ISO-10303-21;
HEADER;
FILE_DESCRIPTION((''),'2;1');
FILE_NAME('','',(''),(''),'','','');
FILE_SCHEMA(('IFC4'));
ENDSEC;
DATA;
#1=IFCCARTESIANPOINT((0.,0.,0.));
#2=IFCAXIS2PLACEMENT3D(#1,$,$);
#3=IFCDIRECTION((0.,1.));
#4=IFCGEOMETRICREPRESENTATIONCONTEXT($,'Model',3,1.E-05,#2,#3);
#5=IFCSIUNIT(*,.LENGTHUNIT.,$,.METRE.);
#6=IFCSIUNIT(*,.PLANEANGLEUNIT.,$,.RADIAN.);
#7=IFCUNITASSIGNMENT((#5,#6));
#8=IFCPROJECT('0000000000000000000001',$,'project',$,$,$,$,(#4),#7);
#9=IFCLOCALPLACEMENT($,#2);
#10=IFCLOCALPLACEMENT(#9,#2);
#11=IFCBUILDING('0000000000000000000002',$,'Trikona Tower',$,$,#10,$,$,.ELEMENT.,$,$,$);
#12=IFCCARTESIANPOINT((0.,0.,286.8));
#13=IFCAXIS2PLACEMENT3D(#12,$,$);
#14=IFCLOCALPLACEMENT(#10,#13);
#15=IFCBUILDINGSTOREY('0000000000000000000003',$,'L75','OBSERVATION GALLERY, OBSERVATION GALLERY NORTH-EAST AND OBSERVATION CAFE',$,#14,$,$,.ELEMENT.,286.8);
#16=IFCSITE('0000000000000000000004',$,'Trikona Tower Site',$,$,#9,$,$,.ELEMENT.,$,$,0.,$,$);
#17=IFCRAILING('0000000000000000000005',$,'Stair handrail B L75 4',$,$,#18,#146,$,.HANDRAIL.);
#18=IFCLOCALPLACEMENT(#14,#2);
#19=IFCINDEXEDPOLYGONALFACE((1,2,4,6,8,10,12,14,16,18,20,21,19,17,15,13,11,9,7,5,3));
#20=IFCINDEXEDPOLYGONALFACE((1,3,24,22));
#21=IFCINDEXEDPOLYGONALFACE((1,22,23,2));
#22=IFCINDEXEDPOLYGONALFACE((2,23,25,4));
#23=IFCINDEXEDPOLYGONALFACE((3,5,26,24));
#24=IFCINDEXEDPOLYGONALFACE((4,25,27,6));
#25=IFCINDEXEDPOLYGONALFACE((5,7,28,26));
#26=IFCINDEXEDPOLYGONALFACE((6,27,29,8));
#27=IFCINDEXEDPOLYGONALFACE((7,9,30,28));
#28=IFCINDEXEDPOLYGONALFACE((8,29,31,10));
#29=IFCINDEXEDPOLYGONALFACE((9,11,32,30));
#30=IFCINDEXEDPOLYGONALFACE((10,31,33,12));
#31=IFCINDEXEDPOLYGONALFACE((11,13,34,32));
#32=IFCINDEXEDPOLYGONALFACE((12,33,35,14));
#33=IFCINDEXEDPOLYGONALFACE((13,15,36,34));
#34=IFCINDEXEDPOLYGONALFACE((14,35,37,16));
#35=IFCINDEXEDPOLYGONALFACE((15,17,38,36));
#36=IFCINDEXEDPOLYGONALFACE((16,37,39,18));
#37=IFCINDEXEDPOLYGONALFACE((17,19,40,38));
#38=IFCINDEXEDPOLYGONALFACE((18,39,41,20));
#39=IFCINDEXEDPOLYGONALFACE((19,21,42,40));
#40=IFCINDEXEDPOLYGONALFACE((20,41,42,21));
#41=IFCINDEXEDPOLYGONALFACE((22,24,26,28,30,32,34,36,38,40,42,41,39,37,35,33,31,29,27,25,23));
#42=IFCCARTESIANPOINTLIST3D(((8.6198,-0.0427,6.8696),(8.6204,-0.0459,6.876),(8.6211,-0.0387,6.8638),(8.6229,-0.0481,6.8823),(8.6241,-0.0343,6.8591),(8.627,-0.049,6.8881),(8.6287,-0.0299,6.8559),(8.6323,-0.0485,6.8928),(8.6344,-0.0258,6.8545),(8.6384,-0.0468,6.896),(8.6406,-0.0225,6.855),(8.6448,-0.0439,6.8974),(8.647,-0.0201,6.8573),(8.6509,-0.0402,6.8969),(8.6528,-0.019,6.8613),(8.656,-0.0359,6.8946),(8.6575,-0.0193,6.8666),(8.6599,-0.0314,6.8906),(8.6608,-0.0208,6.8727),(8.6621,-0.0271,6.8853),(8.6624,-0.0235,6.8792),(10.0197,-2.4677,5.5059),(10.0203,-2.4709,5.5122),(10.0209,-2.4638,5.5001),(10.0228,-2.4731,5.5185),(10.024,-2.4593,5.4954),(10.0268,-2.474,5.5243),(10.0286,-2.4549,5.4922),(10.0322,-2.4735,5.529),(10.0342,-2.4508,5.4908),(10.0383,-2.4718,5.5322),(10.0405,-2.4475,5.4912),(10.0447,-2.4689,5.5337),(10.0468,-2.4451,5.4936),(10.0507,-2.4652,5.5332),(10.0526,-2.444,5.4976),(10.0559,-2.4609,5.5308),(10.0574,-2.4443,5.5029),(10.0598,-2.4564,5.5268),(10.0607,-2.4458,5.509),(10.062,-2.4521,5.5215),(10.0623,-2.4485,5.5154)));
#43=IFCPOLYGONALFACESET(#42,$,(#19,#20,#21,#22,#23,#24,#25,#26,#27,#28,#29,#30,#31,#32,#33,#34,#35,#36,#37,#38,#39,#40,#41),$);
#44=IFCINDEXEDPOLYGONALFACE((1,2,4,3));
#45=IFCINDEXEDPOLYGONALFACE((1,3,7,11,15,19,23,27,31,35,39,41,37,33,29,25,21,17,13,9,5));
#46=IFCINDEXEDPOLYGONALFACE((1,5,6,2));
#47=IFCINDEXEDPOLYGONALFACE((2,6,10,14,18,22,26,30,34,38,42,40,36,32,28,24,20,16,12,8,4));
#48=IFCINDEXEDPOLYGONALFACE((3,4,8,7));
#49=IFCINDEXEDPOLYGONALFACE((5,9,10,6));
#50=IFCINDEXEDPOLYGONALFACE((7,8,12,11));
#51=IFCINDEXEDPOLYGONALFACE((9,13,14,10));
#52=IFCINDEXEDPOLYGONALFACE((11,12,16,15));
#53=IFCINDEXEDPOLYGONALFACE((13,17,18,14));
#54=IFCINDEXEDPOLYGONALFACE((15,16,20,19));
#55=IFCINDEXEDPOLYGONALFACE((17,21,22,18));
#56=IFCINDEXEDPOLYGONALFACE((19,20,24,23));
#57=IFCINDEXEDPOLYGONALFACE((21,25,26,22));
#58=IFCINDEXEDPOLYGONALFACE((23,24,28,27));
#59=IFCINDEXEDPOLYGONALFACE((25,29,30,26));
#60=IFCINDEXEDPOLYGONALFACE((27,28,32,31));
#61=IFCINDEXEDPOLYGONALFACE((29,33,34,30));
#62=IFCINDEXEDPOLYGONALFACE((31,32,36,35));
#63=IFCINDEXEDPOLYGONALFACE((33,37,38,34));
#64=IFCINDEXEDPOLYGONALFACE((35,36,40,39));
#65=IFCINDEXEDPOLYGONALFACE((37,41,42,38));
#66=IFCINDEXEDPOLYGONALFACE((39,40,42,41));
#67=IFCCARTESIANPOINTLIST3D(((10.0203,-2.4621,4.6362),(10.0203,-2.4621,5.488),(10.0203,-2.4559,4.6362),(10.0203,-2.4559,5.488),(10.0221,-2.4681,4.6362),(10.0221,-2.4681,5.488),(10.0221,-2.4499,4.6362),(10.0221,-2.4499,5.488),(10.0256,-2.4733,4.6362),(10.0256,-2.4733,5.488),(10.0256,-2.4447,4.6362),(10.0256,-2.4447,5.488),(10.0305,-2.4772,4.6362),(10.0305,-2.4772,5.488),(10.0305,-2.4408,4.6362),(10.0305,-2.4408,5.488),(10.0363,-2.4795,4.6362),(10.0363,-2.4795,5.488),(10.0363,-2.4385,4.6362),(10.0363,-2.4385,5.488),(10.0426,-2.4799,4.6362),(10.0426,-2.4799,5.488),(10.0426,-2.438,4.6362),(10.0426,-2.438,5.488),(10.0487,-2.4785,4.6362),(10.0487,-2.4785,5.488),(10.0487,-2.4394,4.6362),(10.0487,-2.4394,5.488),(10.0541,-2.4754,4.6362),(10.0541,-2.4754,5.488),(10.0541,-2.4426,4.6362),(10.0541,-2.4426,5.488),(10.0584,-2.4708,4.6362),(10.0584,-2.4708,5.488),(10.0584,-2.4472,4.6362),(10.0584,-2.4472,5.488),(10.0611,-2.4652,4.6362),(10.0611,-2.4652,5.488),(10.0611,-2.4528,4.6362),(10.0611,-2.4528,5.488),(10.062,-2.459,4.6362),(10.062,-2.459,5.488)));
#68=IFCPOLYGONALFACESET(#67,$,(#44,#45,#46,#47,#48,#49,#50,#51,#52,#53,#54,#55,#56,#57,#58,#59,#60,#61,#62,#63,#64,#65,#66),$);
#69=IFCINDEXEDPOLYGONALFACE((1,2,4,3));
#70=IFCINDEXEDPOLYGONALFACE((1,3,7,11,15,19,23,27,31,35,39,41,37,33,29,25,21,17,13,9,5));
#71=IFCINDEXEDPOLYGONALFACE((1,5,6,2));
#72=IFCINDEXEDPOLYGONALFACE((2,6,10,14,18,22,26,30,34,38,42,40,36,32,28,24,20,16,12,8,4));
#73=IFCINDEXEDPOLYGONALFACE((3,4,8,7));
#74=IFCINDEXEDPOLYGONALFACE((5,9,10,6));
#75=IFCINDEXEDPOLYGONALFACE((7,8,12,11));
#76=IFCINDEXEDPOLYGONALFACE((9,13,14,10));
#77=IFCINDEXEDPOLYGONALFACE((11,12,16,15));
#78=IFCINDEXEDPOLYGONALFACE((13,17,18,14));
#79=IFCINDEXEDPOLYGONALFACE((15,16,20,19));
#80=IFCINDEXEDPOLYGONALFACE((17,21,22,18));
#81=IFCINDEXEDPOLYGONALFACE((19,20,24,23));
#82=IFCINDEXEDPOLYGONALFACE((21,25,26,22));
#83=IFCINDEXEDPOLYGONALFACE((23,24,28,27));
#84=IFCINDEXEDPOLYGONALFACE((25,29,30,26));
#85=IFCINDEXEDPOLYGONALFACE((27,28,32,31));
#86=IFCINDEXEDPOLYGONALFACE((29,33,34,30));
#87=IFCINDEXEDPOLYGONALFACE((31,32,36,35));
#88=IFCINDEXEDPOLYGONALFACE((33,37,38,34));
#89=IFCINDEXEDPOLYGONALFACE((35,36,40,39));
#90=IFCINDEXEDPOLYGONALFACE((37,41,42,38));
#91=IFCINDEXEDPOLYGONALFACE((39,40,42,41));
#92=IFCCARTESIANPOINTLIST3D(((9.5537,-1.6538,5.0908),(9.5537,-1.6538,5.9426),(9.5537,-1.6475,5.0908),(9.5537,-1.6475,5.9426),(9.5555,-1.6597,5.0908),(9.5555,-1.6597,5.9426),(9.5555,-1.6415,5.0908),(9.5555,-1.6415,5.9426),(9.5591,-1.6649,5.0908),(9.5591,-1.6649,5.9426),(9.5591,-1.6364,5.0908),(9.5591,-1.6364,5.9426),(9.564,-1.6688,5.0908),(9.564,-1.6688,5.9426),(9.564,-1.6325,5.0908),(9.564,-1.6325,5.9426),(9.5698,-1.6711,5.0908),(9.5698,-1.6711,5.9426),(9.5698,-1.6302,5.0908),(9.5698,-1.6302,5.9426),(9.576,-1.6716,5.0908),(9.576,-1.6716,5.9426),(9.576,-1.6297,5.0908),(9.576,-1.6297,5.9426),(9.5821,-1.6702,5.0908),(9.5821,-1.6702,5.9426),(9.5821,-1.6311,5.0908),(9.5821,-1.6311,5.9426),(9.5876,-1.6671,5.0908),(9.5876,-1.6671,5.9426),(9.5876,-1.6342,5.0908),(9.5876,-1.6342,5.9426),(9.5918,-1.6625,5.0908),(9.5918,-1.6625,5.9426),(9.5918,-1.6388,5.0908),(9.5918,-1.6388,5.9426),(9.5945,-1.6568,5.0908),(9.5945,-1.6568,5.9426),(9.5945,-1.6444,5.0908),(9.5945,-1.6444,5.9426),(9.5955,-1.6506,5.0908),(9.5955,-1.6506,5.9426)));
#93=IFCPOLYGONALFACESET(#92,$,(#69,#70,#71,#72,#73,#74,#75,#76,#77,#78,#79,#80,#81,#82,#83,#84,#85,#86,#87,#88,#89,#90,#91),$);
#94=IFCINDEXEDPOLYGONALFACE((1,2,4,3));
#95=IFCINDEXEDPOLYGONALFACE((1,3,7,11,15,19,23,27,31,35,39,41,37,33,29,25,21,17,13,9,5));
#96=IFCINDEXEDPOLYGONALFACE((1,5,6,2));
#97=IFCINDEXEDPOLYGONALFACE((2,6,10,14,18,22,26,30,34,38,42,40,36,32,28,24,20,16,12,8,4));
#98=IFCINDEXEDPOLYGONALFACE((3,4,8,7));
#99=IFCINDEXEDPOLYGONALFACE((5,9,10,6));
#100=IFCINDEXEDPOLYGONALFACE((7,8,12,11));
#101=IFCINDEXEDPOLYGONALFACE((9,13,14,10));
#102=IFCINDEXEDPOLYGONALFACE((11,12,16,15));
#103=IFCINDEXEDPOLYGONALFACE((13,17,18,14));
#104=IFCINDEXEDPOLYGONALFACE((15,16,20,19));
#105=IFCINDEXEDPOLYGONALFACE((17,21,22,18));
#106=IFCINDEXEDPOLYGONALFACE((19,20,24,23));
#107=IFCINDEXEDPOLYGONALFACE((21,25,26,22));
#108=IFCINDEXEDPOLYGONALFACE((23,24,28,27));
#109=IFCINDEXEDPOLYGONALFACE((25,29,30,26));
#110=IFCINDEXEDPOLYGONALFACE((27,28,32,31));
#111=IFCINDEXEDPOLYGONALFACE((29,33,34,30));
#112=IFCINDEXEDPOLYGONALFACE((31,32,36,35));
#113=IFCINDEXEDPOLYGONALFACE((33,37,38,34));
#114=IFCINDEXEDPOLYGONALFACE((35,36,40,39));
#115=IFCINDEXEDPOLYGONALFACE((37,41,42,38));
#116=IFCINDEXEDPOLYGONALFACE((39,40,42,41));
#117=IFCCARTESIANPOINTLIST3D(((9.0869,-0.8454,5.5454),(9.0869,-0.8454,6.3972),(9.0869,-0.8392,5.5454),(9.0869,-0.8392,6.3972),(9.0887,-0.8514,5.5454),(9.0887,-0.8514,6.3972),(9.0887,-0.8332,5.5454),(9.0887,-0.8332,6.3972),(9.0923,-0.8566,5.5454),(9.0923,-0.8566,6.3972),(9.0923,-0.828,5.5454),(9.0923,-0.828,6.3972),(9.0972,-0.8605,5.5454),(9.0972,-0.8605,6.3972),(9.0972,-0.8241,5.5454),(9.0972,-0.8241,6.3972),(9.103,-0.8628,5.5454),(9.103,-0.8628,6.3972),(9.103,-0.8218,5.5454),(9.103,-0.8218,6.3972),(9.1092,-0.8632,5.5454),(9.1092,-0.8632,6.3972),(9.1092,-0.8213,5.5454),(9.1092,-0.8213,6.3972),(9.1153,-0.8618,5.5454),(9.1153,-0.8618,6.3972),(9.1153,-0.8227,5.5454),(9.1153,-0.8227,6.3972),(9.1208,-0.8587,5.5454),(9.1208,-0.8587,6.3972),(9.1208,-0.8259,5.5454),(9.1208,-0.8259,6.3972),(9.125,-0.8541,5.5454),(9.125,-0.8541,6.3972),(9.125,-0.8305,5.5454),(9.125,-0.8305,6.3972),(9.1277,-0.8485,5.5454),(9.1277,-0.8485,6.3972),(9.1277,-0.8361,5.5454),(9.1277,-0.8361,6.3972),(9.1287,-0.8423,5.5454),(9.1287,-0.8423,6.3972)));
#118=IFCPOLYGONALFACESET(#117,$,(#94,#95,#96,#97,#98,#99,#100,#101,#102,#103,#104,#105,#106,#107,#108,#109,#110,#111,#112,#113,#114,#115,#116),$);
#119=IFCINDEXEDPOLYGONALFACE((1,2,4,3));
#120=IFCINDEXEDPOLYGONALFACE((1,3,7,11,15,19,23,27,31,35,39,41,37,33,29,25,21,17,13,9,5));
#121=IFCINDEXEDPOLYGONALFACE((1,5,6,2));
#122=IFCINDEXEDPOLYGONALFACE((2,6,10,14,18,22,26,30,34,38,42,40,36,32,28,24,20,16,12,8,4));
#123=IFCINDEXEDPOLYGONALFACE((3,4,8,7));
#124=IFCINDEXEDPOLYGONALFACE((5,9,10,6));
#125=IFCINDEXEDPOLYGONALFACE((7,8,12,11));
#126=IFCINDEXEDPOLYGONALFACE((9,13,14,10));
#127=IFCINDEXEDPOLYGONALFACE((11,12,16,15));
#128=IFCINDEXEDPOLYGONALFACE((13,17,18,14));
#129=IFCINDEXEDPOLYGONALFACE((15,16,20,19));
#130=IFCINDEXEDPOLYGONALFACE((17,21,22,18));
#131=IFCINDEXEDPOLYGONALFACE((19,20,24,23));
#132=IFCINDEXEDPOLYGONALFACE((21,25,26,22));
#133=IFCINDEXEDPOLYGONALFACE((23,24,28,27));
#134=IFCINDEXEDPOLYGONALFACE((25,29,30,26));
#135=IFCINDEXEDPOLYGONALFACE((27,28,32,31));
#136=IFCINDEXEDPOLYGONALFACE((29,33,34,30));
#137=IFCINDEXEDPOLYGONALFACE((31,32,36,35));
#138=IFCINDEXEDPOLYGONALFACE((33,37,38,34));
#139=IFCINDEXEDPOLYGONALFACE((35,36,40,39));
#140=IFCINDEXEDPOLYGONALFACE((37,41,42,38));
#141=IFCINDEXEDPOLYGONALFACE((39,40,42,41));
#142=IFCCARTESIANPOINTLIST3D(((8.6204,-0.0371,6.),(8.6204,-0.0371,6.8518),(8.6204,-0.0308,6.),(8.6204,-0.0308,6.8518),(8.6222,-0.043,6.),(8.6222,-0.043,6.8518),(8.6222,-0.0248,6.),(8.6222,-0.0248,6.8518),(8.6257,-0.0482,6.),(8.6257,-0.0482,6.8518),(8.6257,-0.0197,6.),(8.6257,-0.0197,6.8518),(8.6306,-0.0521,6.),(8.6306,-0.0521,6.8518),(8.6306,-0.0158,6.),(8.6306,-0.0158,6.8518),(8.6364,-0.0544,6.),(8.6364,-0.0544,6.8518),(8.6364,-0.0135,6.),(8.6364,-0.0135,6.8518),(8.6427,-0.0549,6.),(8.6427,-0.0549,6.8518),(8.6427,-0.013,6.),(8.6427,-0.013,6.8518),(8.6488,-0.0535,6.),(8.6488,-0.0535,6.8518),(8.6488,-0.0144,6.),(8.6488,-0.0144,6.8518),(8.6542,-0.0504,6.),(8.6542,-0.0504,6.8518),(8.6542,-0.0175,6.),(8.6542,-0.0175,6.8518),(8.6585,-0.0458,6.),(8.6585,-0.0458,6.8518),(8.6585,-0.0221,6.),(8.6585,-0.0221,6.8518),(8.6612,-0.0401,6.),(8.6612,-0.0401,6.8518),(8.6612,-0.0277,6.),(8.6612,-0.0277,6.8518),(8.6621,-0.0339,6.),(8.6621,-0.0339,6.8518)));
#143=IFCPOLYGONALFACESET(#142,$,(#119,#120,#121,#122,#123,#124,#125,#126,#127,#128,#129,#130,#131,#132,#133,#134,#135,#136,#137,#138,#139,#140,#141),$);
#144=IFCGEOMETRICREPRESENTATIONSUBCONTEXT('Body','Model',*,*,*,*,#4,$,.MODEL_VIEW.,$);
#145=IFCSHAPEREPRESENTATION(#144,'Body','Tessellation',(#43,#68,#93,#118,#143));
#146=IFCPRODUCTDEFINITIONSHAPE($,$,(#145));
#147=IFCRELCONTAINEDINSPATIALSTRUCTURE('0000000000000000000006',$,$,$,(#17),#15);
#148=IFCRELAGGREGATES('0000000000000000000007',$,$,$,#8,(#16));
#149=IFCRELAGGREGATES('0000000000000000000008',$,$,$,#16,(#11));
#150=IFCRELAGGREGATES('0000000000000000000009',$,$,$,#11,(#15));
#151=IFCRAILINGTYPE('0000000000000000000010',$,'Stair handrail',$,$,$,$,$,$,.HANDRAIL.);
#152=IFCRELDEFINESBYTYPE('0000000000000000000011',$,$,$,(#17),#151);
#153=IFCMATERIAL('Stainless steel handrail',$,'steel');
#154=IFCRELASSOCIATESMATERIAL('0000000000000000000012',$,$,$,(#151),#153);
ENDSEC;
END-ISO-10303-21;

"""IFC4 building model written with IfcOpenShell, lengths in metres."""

from ifc_helpers import new_model, si_unit, direction, frame, origin, origin_2d, place, context, subcontext, project, spatial, circle, extrude, material, type_object, element, save


model = new_model("IFC4")

# Units and contexts
model_context = context("Model", 3, precision=1e-05, world=origin(), true_north=direction((0.0, 1.0)))
body_context = subcontext(model_context, "Body", "Model", "MODEL_VIEW")
ifc_project = project(units=[si_unit("LENGTHUNIT", "METRE"), si_unit("PLANEANGLEUNIT", "RADIAN")], contexts=[model_context])

# Site, building, storey
site_placement = place(None, origin())
site = spatial("IfcSite", under=ifc_project, at=site_placement, Name="Trikona Tower Site", CompositionType="ELEMENT", RefElevation=0.0)
building_placement = place(site_placement, origin())
building = spatial("IfcBuilding", under=site, at=building_placement, Name="Trikona Tower", CompositionType="ELEMENT")
storey_placement = place(building_placement, frame((0.0, 0.0, 286.8)))
storey = spatial("IfcBuildingStorey", under=building, at=storey_placement, Name="L75", Description="OBSERVATION GALLERY, OBSERVATION GALLERY NORTH-EAST AND OBSERVATION CAFE", CompositionType="ELEMENT", Elevation=286.8)

# Railing
ifc_material_1 = material(Name="Stainless steel handrail", Category="steel")
railing_type = type_object("IfcRailingType", Name="Stair handrail", PredefinedType="HANDRAIL", material=ifc_material_1)
for number, where, name in (
    (1, (10.041, -2.459, 4.6362), "Stair handrail B L75 4"),
):
    element("IfcRailing", number, at=place(storey_placement, frame(where)), inside=storey, type_object=railing_type, Name=name, PredefinedType="HANDRAIL", context=body_context, shape_type="SweptSolid", body=[
        extrude(circle(Radius=0.0239, at=origin_2d()), frame((0.0, 0.0, 0.876), z_axis=(-0.449471, 0.778618, 0.43787), x_axis=(-0.866056, -0.499946, 0.0)), (0.0, 0.0, 1.0), 3.1145),
        extrude(circle(Radius=0.021, at=origin_2d()), origin(), (0.0, 0.0, 1.0), 0.8518),
        extrude(circle(Radius=0.021, at=origin_2d()), frame((-0.4666, 0.8083, 0.4546)), (0.0, 0.0, 1.0), 0.8518),
        extrude(circle(Radius=0.021, at=origin_2d()), frame((-0.9333, 1.6167, 0.9092)), (0.0, 0.0, 1.0), 0.8518),
        extrude(circle(Radius=0.021, at=origin_2d()), frame((-1.3999, 2.425, 1.3638)), (0.0, 0.0, 1.0), 0.8518),
    ])

save(model, "model.ifc")
